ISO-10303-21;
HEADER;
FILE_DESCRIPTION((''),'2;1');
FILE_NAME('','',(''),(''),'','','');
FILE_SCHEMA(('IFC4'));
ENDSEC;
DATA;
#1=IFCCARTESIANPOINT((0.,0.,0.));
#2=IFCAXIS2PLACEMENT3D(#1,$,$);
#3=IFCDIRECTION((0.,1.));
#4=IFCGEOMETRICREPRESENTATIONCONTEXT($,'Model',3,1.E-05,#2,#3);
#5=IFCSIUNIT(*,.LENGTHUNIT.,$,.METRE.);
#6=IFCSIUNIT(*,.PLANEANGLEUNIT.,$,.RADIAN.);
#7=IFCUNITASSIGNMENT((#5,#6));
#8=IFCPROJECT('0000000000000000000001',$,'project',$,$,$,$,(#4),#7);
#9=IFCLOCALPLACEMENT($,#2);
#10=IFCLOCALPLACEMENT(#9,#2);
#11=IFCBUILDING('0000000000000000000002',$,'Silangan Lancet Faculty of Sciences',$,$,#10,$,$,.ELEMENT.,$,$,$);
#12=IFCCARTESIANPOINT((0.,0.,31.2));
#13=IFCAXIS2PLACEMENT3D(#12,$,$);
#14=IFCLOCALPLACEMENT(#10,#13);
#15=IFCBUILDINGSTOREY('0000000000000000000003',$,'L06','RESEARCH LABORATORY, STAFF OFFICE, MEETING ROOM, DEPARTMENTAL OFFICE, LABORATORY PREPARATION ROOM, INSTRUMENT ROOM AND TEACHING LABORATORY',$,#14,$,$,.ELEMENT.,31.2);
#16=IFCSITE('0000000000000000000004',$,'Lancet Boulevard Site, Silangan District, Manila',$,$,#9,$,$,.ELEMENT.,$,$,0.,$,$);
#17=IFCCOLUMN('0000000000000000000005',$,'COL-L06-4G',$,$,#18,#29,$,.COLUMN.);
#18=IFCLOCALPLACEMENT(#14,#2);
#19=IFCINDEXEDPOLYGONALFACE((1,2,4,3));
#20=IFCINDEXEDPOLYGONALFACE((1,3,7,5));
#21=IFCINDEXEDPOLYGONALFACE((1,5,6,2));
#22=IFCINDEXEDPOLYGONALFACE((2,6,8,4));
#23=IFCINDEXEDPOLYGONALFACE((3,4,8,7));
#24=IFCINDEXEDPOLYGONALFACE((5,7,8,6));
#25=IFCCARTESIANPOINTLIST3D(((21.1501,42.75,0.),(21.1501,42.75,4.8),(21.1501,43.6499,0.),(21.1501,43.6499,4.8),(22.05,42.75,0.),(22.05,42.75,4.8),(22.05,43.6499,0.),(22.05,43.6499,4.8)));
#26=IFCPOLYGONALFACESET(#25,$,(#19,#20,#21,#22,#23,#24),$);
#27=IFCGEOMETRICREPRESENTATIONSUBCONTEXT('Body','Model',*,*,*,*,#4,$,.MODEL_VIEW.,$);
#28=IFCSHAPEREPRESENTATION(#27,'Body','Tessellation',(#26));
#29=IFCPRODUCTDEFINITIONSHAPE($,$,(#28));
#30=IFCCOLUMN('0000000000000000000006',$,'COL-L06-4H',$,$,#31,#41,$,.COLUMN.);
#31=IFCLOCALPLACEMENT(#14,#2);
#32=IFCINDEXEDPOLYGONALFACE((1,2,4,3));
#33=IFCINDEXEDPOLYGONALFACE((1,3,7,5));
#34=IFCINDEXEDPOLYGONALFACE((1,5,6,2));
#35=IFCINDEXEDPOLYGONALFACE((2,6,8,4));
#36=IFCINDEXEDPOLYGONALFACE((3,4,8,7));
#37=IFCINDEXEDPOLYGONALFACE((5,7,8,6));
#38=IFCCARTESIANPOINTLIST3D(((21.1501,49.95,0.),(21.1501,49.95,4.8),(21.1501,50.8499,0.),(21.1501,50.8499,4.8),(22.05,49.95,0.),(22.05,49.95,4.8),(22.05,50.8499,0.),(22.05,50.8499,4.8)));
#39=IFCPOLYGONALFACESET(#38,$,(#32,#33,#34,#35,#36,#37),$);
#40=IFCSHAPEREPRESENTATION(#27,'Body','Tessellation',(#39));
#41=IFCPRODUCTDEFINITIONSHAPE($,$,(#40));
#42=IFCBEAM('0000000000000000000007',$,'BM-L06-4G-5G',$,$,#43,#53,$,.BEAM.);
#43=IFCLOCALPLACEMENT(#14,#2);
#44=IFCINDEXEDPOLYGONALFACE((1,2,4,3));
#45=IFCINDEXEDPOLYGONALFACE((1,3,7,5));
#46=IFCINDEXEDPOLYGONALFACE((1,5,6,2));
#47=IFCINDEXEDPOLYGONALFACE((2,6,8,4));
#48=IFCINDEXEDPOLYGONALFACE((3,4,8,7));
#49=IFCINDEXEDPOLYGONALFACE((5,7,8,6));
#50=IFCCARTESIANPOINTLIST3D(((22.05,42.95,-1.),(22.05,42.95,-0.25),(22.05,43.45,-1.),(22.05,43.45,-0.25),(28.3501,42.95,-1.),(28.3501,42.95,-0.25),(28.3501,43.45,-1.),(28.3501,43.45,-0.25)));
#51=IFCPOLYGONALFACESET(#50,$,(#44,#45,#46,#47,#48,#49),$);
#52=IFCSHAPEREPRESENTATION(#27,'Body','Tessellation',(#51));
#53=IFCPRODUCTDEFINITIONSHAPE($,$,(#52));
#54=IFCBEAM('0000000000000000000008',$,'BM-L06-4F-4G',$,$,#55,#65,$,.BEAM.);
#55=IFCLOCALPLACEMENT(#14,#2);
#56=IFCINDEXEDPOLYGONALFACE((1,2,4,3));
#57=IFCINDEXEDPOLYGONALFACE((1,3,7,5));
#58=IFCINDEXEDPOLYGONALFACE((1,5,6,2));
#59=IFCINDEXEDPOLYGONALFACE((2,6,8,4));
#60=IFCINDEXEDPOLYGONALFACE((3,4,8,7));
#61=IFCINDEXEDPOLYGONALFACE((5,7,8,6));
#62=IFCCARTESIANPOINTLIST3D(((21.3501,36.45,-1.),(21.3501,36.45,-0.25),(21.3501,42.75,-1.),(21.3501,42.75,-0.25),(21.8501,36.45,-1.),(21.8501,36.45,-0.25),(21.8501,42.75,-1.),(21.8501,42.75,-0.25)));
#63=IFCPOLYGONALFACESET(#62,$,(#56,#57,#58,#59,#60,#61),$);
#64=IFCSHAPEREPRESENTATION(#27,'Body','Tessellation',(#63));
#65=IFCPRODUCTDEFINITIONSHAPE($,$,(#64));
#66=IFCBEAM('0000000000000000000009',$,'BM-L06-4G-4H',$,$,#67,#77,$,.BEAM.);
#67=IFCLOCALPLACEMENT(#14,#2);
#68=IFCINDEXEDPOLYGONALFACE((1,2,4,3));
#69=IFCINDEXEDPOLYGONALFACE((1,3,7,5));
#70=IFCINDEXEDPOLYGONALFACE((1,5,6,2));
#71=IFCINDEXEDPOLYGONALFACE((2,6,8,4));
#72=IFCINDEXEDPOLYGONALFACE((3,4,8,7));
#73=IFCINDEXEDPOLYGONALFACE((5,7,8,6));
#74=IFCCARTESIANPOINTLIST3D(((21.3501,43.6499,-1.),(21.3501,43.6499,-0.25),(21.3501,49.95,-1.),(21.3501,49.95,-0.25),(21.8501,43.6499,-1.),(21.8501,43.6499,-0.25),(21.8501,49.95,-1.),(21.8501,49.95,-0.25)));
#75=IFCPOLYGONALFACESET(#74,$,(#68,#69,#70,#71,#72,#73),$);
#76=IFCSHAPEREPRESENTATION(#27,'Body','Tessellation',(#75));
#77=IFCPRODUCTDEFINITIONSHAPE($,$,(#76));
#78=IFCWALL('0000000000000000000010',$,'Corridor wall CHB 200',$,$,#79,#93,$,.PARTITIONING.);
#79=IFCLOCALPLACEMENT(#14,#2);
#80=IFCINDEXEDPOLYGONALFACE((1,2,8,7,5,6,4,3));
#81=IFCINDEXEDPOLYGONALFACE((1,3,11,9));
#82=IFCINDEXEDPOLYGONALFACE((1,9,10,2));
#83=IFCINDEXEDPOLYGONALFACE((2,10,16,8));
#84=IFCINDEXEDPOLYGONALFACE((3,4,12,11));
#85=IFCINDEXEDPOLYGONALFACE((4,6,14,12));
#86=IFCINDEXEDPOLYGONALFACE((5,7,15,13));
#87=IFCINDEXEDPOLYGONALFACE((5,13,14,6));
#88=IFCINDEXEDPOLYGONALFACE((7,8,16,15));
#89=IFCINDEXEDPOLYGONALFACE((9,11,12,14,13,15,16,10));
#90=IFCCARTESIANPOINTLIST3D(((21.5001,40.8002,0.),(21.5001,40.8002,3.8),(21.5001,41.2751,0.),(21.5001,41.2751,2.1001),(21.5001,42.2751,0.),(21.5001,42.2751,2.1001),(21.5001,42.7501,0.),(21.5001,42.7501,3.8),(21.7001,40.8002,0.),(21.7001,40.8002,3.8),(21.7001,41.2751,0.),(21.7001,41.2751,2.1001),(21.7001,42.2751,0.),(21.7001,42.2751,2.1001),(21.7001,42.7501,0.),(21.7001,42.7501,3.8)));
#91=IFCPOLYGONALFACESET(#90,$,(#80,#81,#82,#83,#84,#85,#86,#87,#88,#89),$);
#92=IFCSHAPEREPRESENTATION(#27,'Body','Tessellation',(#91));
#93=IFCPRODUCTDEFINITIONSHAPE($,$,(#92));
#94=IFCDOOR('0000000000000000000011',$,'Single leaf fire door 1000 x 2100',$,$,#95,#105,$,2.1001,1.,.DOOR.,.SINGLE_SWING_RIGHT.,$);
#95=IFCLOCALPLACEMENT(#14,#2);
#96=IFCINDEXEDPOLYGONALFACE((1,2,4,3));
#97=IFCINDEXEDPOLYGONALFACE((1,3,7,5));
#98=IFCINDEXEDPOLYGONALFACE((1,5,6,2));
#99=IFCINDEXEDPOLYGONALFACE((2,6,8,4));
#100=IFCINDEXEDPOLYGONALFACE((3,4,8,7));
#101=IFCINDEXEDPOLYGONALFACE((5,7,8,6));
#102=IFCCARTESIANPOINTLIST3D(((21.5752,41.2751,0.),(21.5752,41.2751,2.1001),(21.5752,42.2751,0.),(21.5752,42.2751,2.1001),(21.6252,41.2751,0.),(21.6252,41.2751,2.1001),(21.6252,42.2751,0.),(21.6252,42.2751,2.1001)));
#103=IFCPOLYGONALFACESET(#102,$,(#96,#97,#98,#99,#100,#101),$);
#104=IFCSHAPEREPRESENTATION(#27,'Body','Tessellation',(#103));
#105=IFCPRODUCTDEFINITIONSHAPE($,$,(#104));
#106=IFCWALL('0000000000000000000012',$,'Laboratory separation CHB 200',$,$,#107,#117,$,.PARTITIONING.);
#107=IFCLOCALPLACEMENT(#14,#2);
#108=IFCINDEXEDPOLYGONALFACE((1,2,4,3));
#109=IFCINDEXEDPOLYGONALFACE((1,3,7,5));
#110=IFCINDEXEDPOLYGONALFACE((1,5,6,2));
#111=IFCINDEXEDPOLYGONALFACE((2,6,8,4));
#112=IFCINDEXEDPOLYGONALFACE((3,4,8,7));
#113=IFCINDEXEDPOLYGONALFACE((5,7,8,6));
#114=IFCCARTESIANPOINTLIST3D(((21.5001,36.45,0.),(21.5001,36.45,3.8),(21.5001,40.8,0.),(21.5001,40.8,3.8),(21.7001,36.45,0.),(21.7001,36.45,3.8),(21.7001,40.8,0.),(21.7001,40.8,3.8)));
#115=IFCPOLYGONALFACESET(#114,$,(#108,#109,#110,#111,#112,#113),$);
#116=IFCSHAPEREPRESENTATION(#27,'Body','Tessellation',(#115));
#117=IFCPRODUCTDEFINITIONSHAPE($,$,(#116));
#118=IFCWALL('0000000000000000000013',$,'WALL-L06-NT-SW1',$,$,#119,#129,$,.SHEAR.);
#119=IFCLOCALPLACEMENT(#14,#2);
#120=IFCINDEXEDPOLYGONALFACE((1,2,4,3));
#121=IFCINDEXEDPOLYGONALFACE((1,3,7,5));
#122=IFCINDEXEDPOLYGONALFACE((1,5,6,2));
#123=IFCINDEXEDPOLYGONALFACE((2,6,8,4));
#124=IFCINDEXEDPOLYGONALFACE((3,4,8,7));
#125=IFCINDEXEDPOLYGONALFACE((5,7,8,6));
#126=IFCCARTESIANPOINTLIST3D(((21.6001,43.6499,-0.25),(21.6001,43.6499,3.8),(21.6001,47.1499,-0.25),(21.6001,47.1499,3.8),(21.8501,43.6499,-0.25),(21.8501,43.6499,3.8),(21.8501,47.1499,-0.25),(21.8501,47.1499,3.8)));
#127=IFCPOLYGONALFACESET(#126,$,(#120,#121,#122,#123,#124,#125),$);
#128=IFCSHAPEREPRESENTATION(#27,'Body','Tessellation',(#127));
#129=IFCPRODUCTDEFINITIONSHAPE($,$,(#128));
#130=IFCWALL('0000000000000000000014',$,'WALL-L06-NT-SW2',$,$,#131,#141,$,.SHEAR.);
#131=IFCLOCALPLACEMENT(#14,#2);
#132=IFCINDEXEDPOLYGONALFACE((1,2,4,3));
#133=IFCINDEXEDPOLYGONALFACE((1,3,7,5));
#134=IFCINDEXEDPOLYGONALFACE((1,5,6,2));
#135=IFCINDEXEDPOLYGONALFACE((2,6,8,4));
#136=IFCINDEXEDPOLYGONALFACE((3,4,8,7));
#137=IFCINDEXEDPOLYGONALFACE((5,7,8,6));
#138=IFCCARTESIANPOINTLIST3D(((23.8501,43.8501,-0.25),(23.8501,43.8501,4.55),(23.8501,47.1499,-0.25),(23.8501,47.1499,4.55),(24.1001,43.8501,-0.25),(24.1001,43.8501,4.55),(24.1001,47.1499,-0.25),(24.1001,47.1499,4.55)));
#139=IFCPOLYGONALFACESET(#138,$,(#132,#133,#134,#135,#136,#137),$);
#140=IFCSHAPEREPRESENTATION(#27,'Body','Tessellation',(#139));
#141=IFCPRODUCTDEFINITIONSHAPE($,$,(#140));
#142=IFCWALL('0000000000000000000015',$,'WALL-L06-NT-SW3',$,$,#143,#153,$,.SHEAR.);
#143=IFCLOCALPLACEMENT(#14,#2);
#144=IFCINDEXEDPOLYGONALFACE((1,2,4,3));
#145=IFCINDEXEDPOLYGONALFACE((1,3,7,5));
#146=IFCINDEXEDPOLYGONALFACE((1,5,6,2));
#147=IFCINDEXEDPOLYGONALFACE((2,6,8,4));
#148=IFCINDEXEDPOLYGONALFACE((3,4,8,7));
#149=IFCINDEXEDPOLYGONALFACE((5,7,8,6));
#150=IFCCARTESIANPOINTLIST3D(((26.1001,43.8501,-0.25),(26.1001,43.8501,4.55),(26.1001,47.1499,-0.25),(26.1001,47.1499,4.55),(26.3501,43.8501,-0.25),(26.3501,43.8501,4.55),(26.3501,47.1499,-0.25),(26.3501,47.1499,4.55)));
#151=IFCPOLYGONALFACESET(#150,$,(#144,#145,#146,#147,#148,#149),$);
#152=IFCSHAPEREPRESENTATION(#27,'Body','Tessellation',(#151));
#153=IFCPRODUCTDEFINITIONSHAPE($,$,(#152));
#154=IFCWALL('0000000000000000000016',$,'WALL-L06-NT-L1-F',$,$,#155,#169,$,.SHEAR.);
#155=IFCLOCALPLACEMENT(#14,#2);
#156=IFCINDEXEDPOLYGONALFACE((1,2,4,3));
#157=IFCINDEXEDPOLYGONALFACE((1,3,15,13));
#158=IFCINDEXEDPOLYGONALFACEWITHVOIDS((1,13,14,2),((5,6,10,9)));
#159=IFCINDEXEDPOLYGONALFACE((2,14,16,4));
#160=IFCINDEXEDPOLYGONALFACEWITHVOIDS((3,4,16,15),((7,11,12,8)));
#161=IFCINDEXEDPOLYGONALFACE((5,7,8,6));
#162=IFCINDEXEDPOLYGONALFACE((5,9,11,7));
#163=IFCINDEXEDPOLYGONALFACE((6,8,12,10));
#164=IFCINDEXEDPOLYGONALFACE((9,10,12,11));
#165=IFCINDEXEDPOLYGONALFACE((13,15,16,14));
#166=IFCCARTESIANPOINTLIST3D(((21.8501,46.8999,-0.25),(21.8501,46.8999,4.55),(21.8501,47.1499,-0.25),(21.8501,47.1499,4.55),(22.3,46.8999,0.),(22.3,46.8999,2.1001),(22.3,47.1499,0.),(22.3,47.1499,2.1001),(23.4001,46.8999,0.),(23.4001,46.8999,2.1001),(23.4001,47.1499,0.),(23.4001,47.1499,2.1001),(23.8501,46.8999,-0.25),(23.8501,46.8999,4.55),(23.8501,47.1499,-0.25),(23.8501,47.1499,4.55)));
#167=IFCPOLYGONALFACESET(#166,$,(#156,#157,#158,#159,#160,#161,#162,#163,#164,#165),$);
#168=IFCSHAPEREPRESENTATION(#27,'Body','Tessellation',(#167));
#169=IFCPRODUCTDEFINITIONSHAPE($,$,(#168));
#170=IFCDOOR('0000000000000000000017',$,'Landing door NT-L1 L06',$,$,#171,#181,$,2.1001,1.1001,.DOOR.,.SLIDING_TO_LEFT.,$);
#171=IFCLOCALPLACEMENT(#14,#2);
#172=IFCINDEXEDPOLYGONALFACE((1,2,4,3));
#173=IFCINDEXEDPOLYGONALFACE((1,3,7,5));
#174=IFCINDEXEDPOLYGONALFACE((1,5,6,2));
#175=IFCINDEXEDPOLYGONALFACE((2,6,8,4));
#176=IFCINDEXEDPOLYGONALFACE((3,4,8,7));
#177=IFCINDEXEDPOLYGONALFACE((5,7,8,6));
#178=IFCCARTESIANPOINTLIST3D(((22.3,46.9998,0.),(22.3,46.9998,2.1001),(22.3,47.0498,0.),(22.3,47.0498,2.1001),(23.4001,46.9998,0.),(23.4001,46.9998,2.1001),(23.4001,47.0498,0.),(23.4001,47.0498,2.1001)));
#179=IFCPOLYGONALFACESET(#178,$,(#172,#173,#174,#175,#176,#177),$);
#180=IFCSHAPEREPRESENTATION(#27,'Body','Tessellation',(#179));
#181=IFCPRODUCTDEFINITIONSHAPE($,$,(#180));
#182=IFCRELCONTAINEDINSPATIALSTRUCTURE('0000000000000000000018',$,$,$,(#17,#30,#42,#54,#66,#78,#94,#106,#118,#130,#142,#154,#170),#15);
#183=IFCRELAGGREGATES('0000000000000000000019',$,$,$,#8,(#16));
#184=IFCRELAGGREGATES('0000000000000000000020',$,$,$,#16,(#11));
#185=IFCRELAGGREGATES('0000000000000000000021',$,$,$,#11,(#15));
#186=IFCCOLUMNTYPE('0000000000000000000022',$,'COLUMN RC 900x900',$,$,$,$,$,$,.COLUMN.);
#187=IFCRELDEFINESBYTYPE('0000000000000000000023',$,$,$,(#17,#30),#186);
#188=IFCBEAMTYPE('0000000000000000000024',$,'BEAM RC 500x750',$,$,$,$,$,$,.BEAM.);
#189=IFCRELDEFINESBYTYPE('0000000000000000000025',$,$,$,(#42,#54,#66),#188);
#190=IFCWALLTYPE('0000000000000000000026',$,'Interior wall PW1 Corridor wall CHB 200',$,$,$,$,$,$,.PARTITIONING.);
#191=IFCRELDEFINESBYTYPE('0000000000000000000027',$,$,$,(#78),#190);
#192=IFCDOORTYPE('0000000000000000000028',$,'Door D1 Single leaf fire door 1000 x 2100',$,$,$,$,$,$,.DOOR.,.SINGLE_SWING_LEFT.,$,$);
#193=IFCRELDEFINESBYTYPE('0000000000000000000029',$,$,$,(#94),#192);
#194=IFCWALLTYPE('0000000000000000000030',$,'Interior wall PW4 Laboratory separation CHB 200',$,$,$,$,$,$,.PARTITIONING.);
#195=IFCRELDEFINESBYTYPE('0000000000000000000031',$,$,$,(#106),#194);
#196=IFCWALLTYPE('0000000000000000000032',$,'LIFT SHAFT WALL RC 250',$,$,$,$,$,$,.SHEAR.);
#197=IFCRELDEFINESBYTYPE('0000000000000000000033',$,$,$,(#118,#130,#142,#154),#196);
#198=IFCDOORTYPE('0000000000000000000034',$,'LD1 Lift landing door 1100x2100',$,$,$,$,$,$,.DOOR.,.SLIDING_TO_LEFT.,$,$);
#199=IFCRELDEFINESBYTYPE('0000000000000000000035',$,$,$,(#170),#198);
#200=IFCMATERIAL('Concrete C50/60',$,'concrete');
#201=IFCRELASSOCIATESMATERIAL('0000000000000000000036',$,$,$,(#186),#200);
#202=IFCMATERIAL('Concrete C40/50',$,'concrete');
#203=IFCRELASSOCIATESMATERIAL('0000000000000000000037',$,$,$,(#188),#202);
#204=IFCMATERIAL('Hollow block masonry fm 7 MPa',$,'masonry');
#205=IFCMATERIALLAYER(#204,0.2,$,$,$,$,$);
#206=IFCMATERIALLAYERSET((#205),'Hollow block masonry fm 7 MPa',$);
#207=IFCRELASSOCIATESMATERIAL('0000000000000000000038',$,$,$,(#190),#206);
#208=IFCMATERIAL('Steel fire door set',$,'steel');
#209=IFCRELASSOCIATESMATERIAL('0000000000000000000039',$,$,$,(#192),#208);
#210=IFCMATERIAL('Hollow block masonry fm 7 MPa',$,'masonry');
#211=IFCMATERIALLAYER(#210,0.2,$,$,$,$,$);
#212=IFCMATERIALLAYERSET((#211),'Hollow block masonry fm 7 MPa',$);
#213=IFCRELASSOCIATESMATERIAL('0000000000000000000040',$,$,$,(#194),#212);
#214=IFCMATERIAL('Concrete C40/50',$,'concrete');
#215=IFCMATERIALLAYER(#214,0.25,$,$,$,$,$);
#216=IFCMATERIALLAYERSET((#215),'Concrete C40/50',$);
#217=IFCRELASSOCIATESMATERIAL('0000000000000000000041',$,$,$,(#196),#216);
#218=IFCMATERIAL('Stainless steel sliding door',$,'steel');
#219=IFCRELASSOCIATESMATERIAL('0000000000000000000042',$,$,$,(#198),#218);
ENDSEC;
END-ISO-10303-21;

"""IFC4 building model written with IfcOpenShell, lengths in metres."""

from ifc_helpers import new_model, si_unit, direction, frame, frame_2d, origin, origin_2d, place, context, subcontext, project, spatial, rectangle, extrude, material, layer, layer_set, material_profile, profile_set, type_object, element, fill, save


model = new_model("IFC4")

# Units and contexts
model_context = context("Model", 3, precision=1e-05, world=origin(), true_north=direction((0.0, 1.0)))
body_context = subcontext(model_context, "Body", "Model", "MODEL_VIEW")
ifc_project = project(units=[si_unit("LENGTHUNIT", "METRE"), si_unit("PLANEANGLEUNIT", "RADIAN")], contexts=[model_context])

# Site, building, storey
site_placement = place(None, origin())
site = spatial("IfcSite", under=ifc_project, at=site_placement, Name="Lancet Boulevard Site, Silangan District, Manila", CompositionType="ELEMENT", RefElevation=0.0)
building_placement = place(site_placement, origin())
building = spatial("IfcBuilding", under=site, at=building_placement, Name="Silangan Lancet Faculty of Sciences", CompositionType="ELEMENT")
storey_placement = place(building_placement, frame((0.0, 0.0, 31.2)))
storey = spatial("IfcBuildingStorey", under=building, at=storey_placement, Name="L06", Description="RESEARCH LABORATORY, STAFF OFFICE, MEETING ROOM, DEPARTMENTAL OFFICE, LABORATORY PREPARATION ROOM, INSTRUMENT ROOM AND TEACHING LABORATORY", CompositionType="ELEMENT", Elevation=31.2)

# Columns
ifc_material_1 = material(Name="Concrete C50/60", Category="concrete")
ifc_material_profile_1 = material_profile(ifc_material_1, rectangle(XDim=0.8999, YDim=0.8999, at=origin_2d()), Name="RC 900x900")
ifc_profile_set_1 = profile_set([ifc_material_profile_1], Name="Concrete C50/60")
column_type = type_object("IfcColumnType", Name="COLUMN RC 900x900", PredefinedType="COLUMN", material=ifc_profile_set_1)
for number, where, z_axis, x_axis, name in (
    (1, (21.6001, 43.2, 0.0), (0.0, 0.0, 1.0), (1.0, 0.0, 0.0), "COL-L06-4G"),
    (2, (21.6001, 50.3999, 0.0), (0.0, 0.0, 1.0), (1.0, 0.0, 0.0), "COL-L06-4H"),
):
    element("IfcColumn", number, at=place(storey_placement, frame(where, z_axis=z_axis, x_axis=x_axis)), inside=storey, type_object=column_type, Name=name, PredefinedType="COLUMN", context=body_context, shape_type="SweptSolid", body=[
        extrude(rectangle(XDim=0.8999, YDim=0.8999, at=origin_2d()), origin(), (0.0, 0.0, 1.0), 4.8),
    ])

# Beams
ifc_material_2 = material(Name="Concrete C40/50", Category="concrete")
ifc_material_profile_2 = material_profile(ifc_material_2, rectangle(XDim=0.5, YDim=0.75, at=origin_2d()), Name="RC 500x750")
ifc_profile_set_2 = profile_set([ifc_material_profile_2], Name="Concrete C40/50")
beam_type = type_object("IfcBeamType", Name="BEAM RC 500x750", PredefinedType="BEAM", material=ifc_profile_set_2)
for number, where, z_axis, x_axis, name in (
    (3, (22.05, 43.2, -0.625), (1.0, 0.0, 0.0), (0.0, 1.0, 0.0), "BM-L06-4G-5G"),
    (4, (21.6001, 36.45, -0.625), (0.0, 1.0, 0.0), (-1.0, 0.0, 0.0), "BM-L06-4F-4G"),
    (5, (21.6001, 43.6499, -0.625), (0.0, 1.0, 0.0), (-1.0, 0.0, 0.0), "BM-L06-4G-4H"),
):
    element("IfcBeam", number, at=place(storey_placement, frame(where, z_axis=z_axis, x_axis=x_axis)), inside=storey, type_object=beam_type, Name=name, PredefinedType="BEAM", context=body_context, shape_type="SweptSolid", body=[
        extrude(rectangle(XDim=0.5, YDim=0.75, at=origin_2d()), origin(), (0.0, 0.0, 1.0), 6.3),
    ])

# Wall, opening, door
ifc_material_3 = material(Name="Hollow block masonry fm 7 MPa", Category="masonry")
ifc_layer_1 = layer(ifc_material_3, 0.2)
ifc_layer_set_1 = layer_set([ifc_layer_1], Name="Hollow block masonry fm 7 MPa")
wall_type_1 = type_object("IfcWallType", Name="Interior wall PW1 Corridor wall CHB 200", PredefinedType="PARTITIONING", material=ifc_layer_set_1)
wall_1_placement = place(storey_placement, frame((21.6001, 40.8, 0.0), z_axis=(0.0, 0.0, 1.0), x_axis=(0.0, 1.0, 0.0)))
wall_1 = element("IfcWall", 6, at=wall_1_placement, inside=storey, type_object=wall_type_1, Name="Corridor wall CHB 200", PredefinedType="PARTITIONING", context=body_context, shape_type="SweptSolid", body=[
    extrude(rectangle(XDim=1.95, YDim=0.2, at=frame_2d((0.9751, 0.0))), origin(), (0.0, 0.0, 1.0), 3.8),
])
opening_1_placement = place(wall_1_placement, frame((0.4751, 0.0, 0.0)))
opening_1 = element("IfcOpeningElement", 7, at=opening_1_placement, cuts=wall_1, PredefinedType="OPENING", context=body_context, shape_type="SweptSolid", body=[
    extrude(rectangle(XDim=1.0, YDim=2.1001, at=frame_2d((0.5, 1.05))), frame((0.0, 0.1099, 0.0), z_axis=(0.0, -1.0, 0.0), x_axis=(1.0, 0.0, 0.0)), (0.0, 0.0, 1.0), 0.22),
])
ifc_material_4 = material(Name="Steel fire door set", Category="steel")
door_type_1 = type_object("IfcDoorType", Name="Door D1 Single leaf fire door 1000 x 2100", OperationType="SINGLE_SWING_LEFT", PredefinedType="DOOR", material=ifc_material_4)
door_1_placement = place(opening_1_placement, frame((1.0, 0.0, 0.0), z_axis=(0.0, 0.0, 1.0), x_axis=(-1.0, 0.0, 0.0)))
door_1 = element("IfcDoor", 8, at=door_1_placement, inside=storey, type_object=door_type_1, Name="Single leaf fire door 1000 x 2100", OperationType="SINGLE_SWING_RIGHT", OverallHeight=2.1001, OverallWidth=1.0, PredefinedType="DOOR", context=body_context, shape_type="SweptSolid", body=[
    extrude(rectangle(XDim=1.0, YDim=2.1001, at=frame_2d((0.5, 1.05))), frame((0.0, 0.0251, 0.0), z_axis=(0.0, -1.0, 0.0), x_axis=(1.0, 0.0, 0.0)), (0.0, 0.0, 1.0), 0.05),
])
fill(opening_1, door_1)

# Wall
ifc_material_5 = material(Name="Hollow block masonry fm 7 MPa", Category="masonry")
ifc_layer_2 = layer(ifc_material_5, 0.2)
ifc_layer_set_2 = layer_set([ifc_layer_2], Name="Hollow block masonry fm 7 MPa")
wall_type_2 = type_object("IfcWallType", Name="Interior wall PW4 Laboratory separation CHB 200", PredefinedType="PARTITIONING", material=ifc_layer_set_2)
wall_2_placement = place(storey_placement, frame((21.6001, 36.45, 0.0), z_axis=(0.0, 0.0, 1.0), x_axis=(0.0, 1.0, 0.0)))
element("IfcWall", 9, at=wall_2_placement, inside=storey, type_object=wall_type_2, Name="Laboratory separation CHB 200", PredefinedType="PARTITIONING", context=body_context, shape_type="SweptSolid", body=[
    extrude(rectangle(XDim=4.3501, YDim=0.2, at=frame_2d((2.175, 0.0))), origin(), (0.0, 0.0, 1.0), 3.8),
])

# Walls
ifc_material_6 = material(Name="Concrete C40/50", Category="concrete")
ifc_layer_3 = layer(ifc_material_6, 0.25)
ifc_layer_set_3 = layer_set([ifc_layer_3], Name="Concrete C40/50")
wall_type_3 = type_object("IfcWallType", Name="LIFT SHAFT WALL RC 250", PredefinedType="SHEAR", material=ifc_layer_set_3)
wall_3_placement = place(storey_placement, frame((21.7251, 43.6499, -0.25), z_axis=(0.0, 0.0, 1.0), x_axis=(0.0, 1.0, 0.0)))
element("IfcWall", 10, at=wall_3_placement, inside=storey, type_object=wall_type_3, Name="WALL-L06-NT-SW1", PredefinedType="SHEAR", context=body_context, shape_type="SweptSolid", body=[
    extrude(rectangle(XDim=3.5, YDim=0.25, at=frame_2d((1.75, 0.0))), origin(), (0.0, 0.0, 1.0), 4.05),
])
for number, where, z_axis, x_axis, name in (
    (11, (23.9751, 43.8501, -0.25), (0.0, 0.0, 1.0), (0.0, 1.0, 0.0), "WALL-L06-NT-SW2"),
    (12, (26.2251, 43.8501, -0.25), (0.0, 0.0, 1.0), (0.0, 1.0, 0.0), "WALL-L06-NT-SW3"),
):
    element("IfcWall", number, at=place(storey_placement, frame(where, z_axis=z_axis, x_axis=x_axis)), inside=storey, type_object=wall_type_3, Name=name, PredefinedType="SHEAR", context=body_context, shape_type="SweptSolid", body=[
        extrude(rectangle(XDim=3.2998, YDim=0.25, at=frame_2d((1.6499, 0.0))), origin(), (0.0, 0.0, 1.0), 4.8),
    ])

# Wall, opening, door
wall_4_placement = place(storey_placement, frame((21.8501, 47.0249, -0.25), z_axis=(0.0, 0.0, 1.0), x_axis=(1.0, 0.0, 0.0)))
wall_4 = element("IfcWall", 13, at=wall_4_placement, inside=storey, type_object=wall_type_3, Name="WALL-L06-NT-L1-F", PredefinedType="SHEAR", context=body_context, shape_type="SweptSolid", body=[
    extrude(rectangle(XDim=2.0, YDim=0.25, at=frame_2d((1.0, 0.0))), origin(), (0.0, 0.0, 1.0), 4.8),
])
opening_2_placement = place(wall_4_placement, frame((0.45, 0.0, 0.25)))
opening_2 = element("IfcOpeningElement", 14, at=opening_2_placement, cuts=wall_4, PredefinedType="OPENING", context=body_context, shape_type="SweptSolid", body=[
    extrude(rectangle(XDim=1.1001, YDim=2.1001, at=frame_2d((0.55, 1.05))), frame((0.0, 0.135, 0.0), z_axis=(0.0, -1.0, 0.0), x_axis=(1.0, 0.0, 0.0)), (0.0, 0.0, 1.0), 0.27),
])
ifc_material_7 = material(Name="Stainless steel sliding door", Category="steel")
door_type_2 = type_object("IfcDoorType", Name="LD1 Lift landing door 1100x2100", OperationType="SLIDING_TO_LEFT", PredefinedType="DOOR", material=ifc_material_7)
door_2_placement = place(opening_2_placement, origin())
door_2 = element("IfcDoor", 15, at=door_2_placement, inside=storey, type_object=door_type_2, Name="Landing door NT-L1 L06", OperationType="SLIDING_TO_LEFT", OverallHeight=2.1001, OverallWidth=1.1001, PredefinedType="DOOR", context=body_context, shape_type="SweptSolid", body=[
    extrude(rectangle(XDim=1.1001, YDim=2.1001, at=frame_2d((0.55, 1.05))), frame((0.0, 0.0249, 0.0), z_axis=(0.0, -1.0, 0.0), x_axis=(1.0, 0.0, 0.0)), (0.0, 0.0, 1.0), 0.05),
])
fill(opening_2, door_2)

save(model, "model.ifc")
